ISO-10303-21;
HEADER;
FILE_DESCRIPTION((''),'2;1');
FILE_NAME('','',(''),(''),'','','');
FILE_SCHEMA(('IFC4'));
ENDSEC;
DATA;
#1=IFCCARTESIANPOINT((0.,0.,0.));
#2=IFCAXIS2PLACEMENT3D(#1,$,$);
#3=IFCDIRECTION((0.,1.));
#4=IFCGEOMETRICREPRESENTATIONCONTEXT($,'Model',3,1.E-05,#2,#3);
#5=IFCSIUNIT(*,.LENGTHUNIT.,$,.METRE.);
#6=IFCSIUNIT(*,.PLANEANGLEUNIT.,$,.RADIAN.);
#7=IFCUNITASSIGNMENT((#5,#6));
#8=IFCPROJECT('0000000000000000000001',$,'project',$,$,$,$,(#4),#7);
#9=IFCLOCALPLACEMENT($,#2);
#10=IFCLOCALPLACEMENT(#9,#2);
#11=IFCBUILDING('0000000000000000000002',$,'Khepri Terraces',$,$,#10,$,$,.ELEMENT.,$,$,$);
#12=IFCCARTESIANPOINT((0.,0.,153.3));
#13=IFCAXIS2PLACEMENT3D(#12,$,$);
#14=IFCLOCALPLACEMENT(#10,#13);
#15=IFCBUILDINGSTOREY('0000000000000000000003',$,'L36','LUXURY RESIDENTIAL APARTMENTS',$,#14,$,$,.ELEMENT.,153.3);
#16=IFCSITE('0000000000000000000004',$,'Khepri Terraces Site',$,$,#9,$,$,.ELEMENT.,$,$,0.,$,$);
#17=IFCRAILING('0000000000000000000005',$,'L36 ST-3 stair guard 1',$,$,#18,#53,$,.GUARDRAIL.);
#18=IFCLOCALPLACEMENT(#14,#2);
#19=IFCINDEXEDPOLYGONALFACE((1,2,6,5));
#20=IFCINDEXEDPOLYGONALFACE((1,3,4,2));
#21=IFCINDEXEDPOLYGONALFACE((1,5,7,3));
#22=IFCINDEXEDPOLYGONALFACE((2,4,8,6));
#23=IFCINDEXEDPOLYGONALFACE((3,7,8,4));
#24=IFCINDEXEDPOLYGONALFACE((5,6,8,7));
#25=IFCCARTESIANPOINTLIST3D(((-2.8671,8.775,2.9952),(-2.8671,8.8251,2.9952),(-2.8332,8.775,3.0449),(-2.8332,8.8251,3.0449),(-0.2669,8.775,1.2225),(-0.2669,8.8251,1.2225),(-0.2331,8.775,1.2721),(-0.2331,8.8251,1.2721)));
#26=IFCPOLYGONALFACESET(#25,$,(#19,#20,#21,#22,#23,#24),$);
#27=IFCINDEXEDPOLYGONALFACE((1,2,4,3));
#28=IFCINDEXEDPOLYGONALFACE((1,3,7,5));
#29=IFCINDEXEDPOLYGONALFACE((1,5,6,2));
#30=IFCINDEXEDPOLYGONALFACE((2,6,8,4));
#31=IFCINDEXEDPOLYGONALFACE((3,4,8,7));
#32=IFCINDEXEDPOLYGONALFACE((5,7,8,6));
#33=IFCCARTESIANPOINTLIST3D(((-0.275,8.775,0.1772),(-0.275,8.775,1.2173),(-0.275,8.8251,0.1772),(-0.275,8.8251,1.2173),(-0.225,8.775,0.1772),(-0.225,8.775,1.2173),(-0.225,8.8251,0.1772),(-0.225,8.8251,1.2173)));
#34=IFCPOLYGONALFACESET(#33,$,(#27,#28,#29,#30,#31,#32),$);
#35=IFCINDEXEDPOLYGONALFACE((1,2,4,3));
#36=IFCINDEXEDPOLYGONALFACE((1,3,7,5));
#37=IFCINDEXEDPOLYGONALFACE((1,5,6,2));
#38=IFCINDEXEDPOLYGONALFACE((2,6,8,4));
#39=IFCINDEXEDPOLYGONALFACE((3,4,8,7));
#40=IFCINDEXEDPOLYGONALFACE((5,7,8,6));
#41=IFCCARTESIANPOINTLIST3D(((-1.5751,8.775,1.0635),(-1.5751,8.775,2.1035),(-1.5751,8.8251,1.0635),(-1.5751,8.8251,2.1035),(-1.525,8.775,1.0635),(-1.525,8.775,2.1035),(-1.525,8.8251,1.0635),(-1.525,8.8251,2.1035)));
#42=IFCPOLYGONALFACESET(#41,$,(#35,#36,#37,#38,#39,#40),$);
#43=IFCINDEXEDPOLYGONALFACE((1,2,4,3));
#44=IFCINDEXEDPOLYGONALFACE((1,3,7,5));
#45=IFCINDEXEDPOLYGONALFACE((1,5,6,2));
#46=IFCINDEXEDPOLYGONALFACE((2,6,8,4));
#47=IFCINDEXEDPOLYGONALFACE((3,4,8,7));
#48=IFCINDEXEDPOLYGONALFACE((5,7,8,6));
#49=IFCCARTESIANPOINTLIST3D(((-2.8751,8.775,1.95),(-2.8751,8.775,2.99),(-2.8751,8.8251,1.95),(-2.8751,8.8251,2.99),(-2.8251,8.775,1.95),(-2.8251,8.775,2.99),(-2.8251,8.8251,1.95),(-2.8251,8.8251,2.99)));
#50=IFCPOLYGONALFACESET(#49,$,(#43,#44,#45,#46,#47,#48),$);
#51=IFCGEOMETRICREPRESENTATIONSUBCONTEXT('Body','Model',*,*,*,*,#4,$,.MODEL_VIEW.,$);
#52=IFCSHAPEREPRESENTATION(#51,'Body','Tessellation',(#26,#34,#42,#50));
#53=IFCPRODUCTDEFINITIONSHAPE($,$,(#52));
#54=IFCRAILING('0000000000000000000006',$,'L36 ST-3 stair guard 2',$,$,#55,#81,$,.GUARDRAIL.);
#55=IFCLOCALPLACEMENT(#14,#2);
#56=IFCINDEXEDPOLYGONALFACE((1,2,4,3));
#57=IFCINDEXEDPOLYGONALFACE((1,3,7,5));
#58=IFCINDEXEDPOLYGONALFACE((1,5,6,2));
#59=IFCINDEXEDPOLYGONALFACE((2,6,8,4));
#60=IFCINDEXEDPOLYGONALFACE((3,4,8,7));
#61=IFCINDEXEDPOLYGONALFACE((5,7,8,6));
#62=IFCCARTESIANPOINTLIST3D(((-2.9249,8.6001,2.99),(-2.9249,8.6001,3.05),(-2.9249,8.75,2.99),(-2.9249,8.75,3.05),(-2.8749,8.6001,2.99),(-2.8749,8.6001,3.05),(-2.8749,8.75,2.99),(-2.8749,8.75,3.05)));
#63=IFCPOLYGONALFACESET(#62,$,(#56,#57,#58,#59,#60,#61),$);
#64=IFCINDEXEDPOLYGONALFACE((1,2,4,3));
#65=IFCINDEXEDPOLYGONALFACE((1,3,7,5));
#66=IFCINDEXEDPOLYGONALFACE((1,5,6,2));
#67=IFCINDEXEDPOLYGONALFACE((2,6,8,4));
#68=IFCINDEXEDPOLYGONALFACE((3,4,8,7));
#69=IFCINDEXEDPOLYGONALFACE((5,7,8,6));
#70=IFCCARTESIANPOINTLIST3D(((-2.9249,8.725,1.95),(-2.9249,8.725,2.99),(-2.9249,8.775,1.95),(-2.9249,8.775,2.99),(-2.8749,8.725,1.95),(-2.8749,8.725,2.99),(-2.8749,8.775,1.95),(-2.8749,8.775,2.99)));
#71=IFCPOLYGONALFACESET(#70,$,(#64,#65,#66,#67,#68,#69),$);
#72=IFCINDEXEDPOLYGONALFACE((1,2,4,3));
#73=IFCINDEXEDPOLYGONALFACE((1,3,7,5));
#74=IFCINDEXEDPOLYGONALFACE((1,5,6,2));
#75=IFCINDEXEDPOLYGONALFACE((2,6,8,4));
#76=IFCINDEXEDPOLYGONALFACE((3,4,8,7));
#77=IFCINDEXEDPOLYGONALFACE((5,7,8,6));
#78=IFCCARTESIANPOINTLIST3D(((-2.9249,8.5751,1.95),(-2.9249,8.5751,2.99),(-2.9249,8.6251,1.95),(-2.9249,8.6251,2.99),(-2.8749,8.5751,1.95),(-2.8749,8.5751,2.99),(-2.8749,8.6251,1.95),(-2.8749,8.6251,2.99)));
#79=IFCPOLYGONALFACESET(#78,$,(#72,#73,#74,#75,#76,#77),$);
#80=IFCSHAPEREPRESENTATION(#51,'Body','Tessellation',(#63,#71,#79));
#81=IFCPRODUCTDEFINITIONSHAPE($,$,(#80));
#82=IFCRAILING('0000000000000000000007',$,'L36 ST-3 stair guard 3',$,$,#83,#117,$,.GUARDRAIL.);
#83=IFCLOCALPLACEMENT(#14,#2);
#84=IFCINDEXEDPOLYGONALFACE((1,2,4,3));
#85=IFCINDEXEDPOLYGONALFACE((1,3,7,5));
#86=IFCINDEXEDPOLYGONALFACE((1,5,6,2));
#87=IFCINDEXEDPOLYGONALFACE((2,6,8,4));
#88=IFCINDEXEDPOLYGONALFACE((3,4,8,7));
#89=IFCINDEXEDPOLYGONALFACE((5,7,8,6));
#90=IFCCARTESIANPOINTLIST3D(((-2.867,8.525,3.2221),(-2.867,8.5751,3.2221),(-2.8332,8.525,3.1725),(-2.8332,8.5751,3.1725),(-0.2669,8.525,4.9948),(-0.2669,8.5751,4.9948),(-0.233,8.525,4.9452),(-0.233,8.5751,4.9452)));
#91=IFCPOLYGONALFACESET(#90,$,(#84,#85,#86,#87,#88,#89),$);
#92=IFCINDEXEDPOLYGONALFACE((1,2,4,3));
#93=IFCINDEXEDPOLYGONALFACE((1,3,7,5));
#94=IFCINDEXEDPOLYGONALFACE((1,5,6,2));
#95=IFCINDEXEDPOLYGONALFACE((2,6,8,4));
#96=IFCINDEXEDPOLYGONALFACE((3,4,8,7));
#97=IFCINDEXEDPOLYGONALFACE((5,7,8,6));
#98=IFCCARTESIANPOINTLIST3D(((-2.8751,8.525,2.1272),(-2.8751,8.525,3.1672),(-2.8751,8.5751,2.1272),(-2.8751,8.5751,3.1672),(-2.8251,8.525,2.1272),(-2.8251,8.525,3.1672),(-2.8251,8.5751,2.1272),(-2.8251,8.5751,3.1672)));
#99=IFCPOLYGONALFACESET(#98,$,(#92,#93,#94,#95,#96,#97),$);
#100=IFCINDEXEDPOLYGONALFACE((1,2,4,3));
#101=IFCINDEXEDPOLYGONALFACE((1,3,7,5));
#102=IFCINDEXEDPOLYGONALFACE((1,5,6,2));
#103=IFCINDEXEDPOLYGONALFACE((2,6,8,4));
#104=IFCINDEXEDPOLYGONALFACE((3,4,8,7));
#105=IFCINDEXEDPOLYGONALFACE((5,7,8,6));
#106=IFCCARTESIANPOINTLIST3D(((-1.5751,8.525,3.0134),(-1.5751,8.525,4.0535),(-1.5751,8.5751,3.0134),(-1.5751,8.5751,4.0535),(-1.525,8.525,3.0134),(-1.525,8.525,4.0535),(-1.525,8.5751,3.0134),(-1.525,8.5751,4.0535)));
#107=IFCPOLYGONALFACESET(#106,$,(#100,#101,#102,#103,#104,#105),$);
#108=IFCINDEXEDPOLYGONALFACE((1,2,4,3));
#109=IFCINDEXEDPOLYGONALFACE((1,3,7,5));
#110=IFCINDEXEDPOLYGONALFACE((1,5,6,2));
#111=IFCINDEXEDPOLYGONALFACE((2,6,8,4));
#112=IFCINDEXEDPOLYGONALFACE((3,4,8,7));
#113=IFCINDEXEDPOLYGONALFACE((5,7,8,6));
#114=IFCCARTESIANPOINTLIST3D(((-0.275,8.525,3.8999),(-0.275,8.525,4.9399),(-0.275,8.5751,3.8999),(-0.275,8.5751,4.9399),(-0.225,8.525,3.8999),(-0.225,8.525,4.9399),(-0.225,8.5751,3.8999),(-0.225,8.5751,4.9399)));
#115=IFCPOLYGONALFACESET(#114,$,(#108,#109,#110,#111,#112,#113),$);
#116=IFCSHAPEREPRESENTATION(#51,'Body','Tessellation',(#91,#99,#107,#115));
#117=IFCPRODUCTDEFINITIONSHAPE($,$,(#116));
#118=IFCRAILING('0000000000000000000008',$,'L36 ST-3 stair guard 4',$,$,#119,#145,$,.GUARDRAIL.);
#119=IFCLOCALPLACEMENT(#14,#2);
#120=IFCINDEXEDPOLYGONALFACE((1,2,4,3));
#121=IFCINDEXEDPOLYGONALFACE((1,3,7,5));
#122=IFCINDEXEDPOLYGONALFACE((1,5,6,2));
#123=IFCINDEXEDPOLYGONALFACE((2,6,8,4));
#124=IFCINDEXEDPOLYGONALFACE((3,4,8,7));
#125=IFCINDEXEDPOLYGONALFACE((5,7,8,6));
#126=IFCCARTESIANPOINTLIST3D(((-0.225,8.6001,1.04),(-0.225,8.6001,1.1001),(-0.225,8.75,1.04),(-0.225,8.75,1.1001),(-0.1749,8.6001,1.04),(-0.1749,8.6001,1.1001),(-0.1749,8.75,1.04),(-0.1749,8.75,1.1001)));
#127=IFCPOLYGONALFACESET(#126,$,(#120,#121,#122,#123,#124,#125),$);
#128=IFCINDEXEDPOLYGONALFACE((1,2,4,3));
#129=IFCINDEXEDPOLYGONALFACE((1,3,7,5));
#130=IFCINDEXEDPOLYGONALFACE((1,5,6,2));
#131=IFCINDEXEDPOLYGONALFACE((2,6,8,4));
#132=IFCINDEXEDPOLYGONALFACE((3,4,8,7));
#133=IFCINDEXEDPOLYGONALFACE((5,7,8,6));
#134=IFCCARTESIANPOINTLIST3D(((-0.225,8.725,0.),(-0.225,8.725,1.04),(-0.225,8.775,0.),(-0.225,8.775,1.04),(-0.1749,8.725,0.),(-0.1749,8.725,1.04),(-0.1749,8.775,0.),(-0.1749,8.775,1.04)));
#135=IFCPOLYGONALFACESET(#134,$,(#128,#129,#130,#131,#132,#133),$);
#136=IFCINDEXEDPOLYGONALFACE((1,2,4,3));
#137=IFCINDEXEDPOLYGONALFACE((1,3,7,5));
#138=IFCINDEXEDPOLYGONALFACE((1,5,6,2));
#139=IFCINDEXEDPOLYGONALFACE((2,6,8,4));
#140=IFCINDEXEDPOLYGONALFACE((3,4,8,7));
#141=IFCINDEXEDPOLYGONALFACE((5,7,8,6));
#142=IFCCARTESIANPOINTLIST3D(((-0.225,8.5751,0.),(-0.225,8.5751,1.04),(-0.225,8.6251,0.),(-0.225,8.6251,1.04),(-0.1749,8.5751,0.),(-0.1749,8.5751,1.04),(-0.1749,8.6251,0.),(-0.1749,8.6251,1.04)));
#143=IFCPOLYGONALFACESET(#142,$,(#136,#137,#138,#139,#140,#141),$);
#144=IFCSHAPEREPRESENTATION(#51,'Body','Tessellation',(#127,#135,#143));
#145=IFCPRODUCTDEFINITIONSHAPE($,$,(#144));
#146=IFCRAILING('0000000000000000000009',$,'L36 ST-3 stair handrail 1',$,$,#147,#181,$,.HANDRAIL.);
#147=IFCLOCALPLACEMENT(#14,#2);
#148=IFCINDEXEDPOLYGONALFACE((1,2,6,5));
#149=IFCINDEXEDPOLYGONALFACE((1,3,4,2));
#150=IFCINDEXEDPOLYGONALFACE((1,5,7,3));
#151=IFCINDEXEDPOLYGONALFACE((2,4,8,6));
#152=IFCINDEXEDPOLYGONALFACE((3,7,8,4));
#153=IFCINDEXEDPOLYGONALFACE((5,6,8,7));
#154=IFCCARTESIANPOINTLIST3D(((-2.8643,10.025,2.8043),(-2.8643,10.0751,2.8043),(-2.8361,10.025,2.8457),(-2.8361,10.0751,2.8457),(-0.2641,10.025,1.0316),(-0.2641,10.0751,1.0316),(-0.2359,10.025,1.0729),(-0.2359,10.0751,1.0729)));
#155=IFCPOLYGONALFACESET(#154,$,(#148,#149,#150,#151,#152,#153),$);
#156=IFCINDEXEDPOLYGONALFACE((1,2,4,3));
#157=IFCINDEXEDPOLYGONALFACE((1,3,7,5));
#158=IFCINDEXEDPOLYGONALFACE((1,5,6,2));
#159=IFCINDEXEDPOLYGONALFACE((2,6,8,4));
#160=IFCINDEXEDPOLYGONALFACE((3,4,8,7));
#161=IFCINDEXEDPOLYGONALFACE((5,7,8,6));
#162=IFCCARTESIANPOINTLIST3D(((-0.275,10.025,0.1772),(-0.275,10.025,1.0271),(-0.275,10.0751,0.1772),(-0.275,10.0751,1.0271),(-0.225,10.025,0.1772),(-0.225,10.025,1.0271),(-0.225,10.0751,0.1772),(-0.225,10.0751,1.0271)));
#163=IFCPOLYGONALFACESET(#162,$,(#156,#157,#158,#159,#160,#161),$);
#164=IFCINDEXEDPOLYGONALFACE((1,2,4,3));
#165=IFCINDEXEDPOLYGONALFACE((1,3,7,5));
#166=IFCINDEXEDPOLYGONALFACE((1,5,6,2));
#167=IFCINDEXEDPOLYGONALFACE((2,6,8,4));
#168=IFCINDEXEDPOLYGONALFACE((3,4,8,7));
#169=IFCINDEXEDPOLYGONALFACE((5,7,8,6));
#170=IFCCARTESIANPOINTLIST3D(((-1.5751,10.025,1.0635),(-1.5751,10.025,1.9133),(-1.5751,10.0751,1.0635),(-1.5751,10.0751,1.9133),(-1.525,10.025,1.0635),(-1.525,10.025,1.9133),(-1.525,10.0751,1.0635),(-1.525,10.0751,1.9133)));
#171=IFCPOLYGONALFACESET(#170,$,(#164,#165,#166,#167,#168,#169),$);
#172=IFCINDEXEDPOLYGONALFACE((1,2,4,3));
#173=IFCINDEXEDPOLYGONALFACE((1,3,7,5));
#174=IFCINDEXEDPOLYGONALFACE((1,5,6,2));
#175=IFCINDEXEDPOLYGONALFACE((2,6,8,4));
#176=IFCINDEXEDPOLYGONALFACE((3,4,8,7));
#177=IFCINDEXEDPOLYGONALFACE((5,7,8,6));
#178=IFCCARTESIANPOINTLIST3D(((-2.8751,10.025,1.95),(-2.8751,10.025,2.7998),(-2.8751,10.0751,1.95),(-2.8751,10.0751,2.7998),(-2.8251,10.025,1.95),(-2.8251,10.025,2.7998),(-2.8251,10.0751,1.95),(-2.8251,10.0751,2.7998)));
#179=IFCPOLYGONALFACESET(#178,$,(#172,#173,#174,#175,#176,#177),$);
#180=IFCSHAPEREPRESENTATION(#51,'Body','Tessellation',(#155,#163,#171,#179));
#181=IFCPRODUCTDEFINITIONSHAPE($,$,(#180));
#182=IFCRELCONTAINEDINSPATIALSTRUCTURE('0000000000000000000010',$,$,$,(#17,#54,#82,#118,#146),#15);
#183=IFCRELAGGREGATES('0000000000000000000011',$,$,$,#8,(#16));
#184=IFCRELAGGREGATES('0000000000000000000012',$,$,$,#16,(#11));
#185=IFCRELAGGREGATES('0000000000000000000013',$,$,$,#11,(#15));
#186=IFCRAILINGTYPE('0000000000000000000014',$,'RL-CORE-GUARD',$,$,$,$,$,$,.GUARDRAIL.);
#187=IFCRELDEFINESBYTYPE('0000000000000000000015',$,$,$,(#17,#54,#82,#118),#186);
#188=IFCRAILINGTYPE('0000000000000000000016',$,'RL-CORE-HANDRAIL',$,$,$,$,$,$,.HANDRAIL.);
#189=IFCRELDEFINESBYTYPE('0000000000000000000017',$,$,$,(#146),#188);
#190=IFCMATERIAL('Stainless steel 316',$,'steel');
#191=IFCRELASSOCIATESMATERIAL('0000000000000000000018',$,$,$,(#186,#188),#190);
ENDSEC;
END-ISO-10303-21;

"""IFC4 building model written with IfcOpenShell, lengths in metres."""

from ifc_helpers import new_model, si_unit, direction, frame, origin, origin_2d, place, context, subcontext, project, spatial, rectangle, extrude, material, type_object, element, save


model = new_model("IFC4")

# Units and contexts
model_context = context("Model", 3, precision=1e-05, world=origin(), true_north=direction((0.0, 1.0)))
body_context = subcontext(model_context, "Body", "Model", "MODEL_VIEW")
ifc_project = project(units=[si_unit("LENGTHUNIT", "METRE"), si_unit("PLANEANGLEUNIT", "RADIAN")], contexts=[model_context])

# Site, building, storey
site_placement = place(None, origin())
site = spatial("IfcSite", under=ifc_project, at=site_placement, Name="Khepri Terraces Site", CompositionType="ELEMENT", RefElevation=0.0)
building_placement = place(site_placement, origin())
building = spatial("IfcBuilding", under=site, at=building_placement, Name="Khepri Terraces", CompositionType="ELEMENT")
storey_placement = place(building_placement, frame((0.0, 0.0, 153.3)))
storey = spatial("IfcBuildingStorey", under=building, at=storey_placement, Name="L36", Description="LUXURY RESIDENTIAL APARTMENTS", CompositionType="ELEMENT", Elevation=153.3)

# Railings
ifc_material_1 = material(Name="Stainless steel 316", Category="steel")
railing_type_1 = type_object("IfcRailingType", Name="RL-CORE-GUARD", PredefinedType="GUARDRAIL", material=ifc_material_1)
railing_1_placement = place(storey_placement, frame((-0.25, 8.8, 0.1772)))
element("IfcRailing", 1, at=railing_1_placement, inside=storey, type_object=railing_type_1, Name="L36 ST-3 stair guard 1", PredefinedType="GUARDRAIL", context=body_context, shape_type="SweptSolid", body=[
    extrude(rectangle(XDim=0.05, YDim=0.0601, at=origin_2d()), frame((0.0, 0.0, 1.0701), z_axis=(-0.82624, 0.0, 0.563318), x_axis=(0.0, -1.0, 0.0)), (0.0, 0.0, 1.0), 3.147),
    extrude(rectangle(XDim=0.05, YDim=0.05, at=origin_2d()), origin(), (0.0, 0.0, 1.0), 1.04),
    extrude(rectangle(XDim=0.05, YDim=0.05, at=origin_2d()), frame((-1.3, 0.0, 0.8862)), (0.0, 0.0, 1.0), 1.04),
    extrude(rectangle(XDim=0.05, YDim=0.05, at=origin_2d()), frame((-2.6001, 0.0, 1.7727)), (0.0, 0.0, 1.0), 1.04),
])
railing_2_placement = place(storey_placement, frame((-2.8999, 8.75, 1.95)))
element("IfcRailing", 2, at=railing_2_placement, inside=storey, type_object=railing_type_1, Name="L36 ST-3 stair guard 2", PredefinedType="GUARDRAIL", context=body_context, shape_type="SweptSolid", body=[
    extrude(rectangle(XDim=0.05, YDim=0.0601, at=origin_2d()), frame((0.0, 0.0, 1.0701), z_axis=(0.0, -1.0, 0.0), x_axis=(1.0, 0.0, 0.0)), (0.0, 0.0, 1.0), 0.1499),
    extrude(rectangle(XDim=0.05, YDim=0.05, at=origin_2d()), origin(), (0.0, 0.0, 1.0), 1.04),
    extrude(rectangle(XDim=0.05, YDim=0.05, at=origin_2d()), frame((0.0, -0.1499, 0.0)), (0.0, 0.0, 1.0), 1.04),
])
railing_3_placement = place(storey_placement, frame((-2.8501, 8.55, 2.1272)))
element("IfcRailing", 3, at=railing_3_placement, inside=storey, type_object=railing_type_1, Name="L36 ST-3 stair guard 3", PredefinedType="GUARDRAIL", context=body_context, shape_type="SweptSolid", body=[
    extrude(rectangle(XDim=0.05, YDim=0.0601, at=origin_2d()), frame((0.0, 0.0, 1.0701), z_axis=(0.82624, 0.0, 0.563318), x_axis=(0.0, 1.0, 0.0)), (0.0, 0.0, 1.0), 3.147),
    extrude(rectangle(XDim=0.05, YDim=0.05, at=origin_2d()), origin(), (0.0, 0.0, 1.0), 1.04),
    extrude(rectangle(XDim=0.05, YDim=0.05, at=origin_2d()), frame((1.3, 0.0, 0.8862)), (0.0, 0.0, 1.0), 1.04),
    extrude(rectangle(XDim=0.05, YDim=0.05, at=origin_2d()), frame((2.6001, 0.0, 1.7727)), (0.0, 0.0, 1.0), 1.04),
])
railing_4_placement = place(storey_placement, frame((-0.2, 8.75, 0.0)))
element("IfcRailing", 4, at=railing_4_placement, inside=storey, type_object=railing_type_1, Name="L36 ST-3 stair guard 4", PredefinedType="GUARDRAIL", context=body_context, shape_type="SweptSolid", body=[
    extrude(rectangle(XDim=0.05, YDim=0.0601, at=origin_2d()), frame((0.0, 0.0, 1.0701), z_axis=(0.0, -1.0, 0.0), x_axis=(1.0, 0.0, 0.0)), (0.0, 0.0, 1.0), 0.1499),
    extrude(rectangle(XDim=0.05, YDim=0.05, at=origin_2d()), origin(), (0.0, 0.0, 1.0), 1.04),
    extrude(rectangle(XDim=0.05, YDim=0.05, at=origin_2d()), frame((0.0, -0.1499, 0.0)), (0.0, 0.0, 1.0), 1.04),
])
railing_type_2 = type_object("IfcRailingType", Name="RL-CORE-HANDRAIL", PredefinedType="HANDRAIL", material=ifc_material_1)
railing_5_placement = place(storey_placement, frame((-0.25, 10.05, 0.1772)))
element("IfcRailing", 5, at=railing_5_placement, inside=storey, type_object=railing_type_2, Name="L36 ST-3 stair handrail 1", PredefinedType="HANDRAIL", context=body_context, shape_type="SweptSolid", body=[
    extrude(rectangle(XDim=0.05, YDim=0.05, at=origin_2d()), frame((0.0, 0.0, 0.875), z_axis=(-0.82624, 0.0, 0.563318), x_axis=(0.0, -1.0, 0.0)), (0.0, 0.0, 1.0), 3.147),
    extrude(rectangle(XDim=0.05, YDim=0.05, at=origin_2d()), origin(), (0.0, 0.0, 1.0), 0.8499),
    extrude(rectangle(XDim=0.05, YDim=0.05, at=origin_2d()), frame((-1.3, 0.0, 0.8862)), (0.0, 0.0, 1.0), 0.8499),
    extrude(rectangle(XDim=0.05, YDim=0.05, at=origin_2d()), frame((-2.6001, 0.0, 1.7727)), (0.0, 0.0, 1.0), 0.8499),
])

save(model, "model.ifc")
